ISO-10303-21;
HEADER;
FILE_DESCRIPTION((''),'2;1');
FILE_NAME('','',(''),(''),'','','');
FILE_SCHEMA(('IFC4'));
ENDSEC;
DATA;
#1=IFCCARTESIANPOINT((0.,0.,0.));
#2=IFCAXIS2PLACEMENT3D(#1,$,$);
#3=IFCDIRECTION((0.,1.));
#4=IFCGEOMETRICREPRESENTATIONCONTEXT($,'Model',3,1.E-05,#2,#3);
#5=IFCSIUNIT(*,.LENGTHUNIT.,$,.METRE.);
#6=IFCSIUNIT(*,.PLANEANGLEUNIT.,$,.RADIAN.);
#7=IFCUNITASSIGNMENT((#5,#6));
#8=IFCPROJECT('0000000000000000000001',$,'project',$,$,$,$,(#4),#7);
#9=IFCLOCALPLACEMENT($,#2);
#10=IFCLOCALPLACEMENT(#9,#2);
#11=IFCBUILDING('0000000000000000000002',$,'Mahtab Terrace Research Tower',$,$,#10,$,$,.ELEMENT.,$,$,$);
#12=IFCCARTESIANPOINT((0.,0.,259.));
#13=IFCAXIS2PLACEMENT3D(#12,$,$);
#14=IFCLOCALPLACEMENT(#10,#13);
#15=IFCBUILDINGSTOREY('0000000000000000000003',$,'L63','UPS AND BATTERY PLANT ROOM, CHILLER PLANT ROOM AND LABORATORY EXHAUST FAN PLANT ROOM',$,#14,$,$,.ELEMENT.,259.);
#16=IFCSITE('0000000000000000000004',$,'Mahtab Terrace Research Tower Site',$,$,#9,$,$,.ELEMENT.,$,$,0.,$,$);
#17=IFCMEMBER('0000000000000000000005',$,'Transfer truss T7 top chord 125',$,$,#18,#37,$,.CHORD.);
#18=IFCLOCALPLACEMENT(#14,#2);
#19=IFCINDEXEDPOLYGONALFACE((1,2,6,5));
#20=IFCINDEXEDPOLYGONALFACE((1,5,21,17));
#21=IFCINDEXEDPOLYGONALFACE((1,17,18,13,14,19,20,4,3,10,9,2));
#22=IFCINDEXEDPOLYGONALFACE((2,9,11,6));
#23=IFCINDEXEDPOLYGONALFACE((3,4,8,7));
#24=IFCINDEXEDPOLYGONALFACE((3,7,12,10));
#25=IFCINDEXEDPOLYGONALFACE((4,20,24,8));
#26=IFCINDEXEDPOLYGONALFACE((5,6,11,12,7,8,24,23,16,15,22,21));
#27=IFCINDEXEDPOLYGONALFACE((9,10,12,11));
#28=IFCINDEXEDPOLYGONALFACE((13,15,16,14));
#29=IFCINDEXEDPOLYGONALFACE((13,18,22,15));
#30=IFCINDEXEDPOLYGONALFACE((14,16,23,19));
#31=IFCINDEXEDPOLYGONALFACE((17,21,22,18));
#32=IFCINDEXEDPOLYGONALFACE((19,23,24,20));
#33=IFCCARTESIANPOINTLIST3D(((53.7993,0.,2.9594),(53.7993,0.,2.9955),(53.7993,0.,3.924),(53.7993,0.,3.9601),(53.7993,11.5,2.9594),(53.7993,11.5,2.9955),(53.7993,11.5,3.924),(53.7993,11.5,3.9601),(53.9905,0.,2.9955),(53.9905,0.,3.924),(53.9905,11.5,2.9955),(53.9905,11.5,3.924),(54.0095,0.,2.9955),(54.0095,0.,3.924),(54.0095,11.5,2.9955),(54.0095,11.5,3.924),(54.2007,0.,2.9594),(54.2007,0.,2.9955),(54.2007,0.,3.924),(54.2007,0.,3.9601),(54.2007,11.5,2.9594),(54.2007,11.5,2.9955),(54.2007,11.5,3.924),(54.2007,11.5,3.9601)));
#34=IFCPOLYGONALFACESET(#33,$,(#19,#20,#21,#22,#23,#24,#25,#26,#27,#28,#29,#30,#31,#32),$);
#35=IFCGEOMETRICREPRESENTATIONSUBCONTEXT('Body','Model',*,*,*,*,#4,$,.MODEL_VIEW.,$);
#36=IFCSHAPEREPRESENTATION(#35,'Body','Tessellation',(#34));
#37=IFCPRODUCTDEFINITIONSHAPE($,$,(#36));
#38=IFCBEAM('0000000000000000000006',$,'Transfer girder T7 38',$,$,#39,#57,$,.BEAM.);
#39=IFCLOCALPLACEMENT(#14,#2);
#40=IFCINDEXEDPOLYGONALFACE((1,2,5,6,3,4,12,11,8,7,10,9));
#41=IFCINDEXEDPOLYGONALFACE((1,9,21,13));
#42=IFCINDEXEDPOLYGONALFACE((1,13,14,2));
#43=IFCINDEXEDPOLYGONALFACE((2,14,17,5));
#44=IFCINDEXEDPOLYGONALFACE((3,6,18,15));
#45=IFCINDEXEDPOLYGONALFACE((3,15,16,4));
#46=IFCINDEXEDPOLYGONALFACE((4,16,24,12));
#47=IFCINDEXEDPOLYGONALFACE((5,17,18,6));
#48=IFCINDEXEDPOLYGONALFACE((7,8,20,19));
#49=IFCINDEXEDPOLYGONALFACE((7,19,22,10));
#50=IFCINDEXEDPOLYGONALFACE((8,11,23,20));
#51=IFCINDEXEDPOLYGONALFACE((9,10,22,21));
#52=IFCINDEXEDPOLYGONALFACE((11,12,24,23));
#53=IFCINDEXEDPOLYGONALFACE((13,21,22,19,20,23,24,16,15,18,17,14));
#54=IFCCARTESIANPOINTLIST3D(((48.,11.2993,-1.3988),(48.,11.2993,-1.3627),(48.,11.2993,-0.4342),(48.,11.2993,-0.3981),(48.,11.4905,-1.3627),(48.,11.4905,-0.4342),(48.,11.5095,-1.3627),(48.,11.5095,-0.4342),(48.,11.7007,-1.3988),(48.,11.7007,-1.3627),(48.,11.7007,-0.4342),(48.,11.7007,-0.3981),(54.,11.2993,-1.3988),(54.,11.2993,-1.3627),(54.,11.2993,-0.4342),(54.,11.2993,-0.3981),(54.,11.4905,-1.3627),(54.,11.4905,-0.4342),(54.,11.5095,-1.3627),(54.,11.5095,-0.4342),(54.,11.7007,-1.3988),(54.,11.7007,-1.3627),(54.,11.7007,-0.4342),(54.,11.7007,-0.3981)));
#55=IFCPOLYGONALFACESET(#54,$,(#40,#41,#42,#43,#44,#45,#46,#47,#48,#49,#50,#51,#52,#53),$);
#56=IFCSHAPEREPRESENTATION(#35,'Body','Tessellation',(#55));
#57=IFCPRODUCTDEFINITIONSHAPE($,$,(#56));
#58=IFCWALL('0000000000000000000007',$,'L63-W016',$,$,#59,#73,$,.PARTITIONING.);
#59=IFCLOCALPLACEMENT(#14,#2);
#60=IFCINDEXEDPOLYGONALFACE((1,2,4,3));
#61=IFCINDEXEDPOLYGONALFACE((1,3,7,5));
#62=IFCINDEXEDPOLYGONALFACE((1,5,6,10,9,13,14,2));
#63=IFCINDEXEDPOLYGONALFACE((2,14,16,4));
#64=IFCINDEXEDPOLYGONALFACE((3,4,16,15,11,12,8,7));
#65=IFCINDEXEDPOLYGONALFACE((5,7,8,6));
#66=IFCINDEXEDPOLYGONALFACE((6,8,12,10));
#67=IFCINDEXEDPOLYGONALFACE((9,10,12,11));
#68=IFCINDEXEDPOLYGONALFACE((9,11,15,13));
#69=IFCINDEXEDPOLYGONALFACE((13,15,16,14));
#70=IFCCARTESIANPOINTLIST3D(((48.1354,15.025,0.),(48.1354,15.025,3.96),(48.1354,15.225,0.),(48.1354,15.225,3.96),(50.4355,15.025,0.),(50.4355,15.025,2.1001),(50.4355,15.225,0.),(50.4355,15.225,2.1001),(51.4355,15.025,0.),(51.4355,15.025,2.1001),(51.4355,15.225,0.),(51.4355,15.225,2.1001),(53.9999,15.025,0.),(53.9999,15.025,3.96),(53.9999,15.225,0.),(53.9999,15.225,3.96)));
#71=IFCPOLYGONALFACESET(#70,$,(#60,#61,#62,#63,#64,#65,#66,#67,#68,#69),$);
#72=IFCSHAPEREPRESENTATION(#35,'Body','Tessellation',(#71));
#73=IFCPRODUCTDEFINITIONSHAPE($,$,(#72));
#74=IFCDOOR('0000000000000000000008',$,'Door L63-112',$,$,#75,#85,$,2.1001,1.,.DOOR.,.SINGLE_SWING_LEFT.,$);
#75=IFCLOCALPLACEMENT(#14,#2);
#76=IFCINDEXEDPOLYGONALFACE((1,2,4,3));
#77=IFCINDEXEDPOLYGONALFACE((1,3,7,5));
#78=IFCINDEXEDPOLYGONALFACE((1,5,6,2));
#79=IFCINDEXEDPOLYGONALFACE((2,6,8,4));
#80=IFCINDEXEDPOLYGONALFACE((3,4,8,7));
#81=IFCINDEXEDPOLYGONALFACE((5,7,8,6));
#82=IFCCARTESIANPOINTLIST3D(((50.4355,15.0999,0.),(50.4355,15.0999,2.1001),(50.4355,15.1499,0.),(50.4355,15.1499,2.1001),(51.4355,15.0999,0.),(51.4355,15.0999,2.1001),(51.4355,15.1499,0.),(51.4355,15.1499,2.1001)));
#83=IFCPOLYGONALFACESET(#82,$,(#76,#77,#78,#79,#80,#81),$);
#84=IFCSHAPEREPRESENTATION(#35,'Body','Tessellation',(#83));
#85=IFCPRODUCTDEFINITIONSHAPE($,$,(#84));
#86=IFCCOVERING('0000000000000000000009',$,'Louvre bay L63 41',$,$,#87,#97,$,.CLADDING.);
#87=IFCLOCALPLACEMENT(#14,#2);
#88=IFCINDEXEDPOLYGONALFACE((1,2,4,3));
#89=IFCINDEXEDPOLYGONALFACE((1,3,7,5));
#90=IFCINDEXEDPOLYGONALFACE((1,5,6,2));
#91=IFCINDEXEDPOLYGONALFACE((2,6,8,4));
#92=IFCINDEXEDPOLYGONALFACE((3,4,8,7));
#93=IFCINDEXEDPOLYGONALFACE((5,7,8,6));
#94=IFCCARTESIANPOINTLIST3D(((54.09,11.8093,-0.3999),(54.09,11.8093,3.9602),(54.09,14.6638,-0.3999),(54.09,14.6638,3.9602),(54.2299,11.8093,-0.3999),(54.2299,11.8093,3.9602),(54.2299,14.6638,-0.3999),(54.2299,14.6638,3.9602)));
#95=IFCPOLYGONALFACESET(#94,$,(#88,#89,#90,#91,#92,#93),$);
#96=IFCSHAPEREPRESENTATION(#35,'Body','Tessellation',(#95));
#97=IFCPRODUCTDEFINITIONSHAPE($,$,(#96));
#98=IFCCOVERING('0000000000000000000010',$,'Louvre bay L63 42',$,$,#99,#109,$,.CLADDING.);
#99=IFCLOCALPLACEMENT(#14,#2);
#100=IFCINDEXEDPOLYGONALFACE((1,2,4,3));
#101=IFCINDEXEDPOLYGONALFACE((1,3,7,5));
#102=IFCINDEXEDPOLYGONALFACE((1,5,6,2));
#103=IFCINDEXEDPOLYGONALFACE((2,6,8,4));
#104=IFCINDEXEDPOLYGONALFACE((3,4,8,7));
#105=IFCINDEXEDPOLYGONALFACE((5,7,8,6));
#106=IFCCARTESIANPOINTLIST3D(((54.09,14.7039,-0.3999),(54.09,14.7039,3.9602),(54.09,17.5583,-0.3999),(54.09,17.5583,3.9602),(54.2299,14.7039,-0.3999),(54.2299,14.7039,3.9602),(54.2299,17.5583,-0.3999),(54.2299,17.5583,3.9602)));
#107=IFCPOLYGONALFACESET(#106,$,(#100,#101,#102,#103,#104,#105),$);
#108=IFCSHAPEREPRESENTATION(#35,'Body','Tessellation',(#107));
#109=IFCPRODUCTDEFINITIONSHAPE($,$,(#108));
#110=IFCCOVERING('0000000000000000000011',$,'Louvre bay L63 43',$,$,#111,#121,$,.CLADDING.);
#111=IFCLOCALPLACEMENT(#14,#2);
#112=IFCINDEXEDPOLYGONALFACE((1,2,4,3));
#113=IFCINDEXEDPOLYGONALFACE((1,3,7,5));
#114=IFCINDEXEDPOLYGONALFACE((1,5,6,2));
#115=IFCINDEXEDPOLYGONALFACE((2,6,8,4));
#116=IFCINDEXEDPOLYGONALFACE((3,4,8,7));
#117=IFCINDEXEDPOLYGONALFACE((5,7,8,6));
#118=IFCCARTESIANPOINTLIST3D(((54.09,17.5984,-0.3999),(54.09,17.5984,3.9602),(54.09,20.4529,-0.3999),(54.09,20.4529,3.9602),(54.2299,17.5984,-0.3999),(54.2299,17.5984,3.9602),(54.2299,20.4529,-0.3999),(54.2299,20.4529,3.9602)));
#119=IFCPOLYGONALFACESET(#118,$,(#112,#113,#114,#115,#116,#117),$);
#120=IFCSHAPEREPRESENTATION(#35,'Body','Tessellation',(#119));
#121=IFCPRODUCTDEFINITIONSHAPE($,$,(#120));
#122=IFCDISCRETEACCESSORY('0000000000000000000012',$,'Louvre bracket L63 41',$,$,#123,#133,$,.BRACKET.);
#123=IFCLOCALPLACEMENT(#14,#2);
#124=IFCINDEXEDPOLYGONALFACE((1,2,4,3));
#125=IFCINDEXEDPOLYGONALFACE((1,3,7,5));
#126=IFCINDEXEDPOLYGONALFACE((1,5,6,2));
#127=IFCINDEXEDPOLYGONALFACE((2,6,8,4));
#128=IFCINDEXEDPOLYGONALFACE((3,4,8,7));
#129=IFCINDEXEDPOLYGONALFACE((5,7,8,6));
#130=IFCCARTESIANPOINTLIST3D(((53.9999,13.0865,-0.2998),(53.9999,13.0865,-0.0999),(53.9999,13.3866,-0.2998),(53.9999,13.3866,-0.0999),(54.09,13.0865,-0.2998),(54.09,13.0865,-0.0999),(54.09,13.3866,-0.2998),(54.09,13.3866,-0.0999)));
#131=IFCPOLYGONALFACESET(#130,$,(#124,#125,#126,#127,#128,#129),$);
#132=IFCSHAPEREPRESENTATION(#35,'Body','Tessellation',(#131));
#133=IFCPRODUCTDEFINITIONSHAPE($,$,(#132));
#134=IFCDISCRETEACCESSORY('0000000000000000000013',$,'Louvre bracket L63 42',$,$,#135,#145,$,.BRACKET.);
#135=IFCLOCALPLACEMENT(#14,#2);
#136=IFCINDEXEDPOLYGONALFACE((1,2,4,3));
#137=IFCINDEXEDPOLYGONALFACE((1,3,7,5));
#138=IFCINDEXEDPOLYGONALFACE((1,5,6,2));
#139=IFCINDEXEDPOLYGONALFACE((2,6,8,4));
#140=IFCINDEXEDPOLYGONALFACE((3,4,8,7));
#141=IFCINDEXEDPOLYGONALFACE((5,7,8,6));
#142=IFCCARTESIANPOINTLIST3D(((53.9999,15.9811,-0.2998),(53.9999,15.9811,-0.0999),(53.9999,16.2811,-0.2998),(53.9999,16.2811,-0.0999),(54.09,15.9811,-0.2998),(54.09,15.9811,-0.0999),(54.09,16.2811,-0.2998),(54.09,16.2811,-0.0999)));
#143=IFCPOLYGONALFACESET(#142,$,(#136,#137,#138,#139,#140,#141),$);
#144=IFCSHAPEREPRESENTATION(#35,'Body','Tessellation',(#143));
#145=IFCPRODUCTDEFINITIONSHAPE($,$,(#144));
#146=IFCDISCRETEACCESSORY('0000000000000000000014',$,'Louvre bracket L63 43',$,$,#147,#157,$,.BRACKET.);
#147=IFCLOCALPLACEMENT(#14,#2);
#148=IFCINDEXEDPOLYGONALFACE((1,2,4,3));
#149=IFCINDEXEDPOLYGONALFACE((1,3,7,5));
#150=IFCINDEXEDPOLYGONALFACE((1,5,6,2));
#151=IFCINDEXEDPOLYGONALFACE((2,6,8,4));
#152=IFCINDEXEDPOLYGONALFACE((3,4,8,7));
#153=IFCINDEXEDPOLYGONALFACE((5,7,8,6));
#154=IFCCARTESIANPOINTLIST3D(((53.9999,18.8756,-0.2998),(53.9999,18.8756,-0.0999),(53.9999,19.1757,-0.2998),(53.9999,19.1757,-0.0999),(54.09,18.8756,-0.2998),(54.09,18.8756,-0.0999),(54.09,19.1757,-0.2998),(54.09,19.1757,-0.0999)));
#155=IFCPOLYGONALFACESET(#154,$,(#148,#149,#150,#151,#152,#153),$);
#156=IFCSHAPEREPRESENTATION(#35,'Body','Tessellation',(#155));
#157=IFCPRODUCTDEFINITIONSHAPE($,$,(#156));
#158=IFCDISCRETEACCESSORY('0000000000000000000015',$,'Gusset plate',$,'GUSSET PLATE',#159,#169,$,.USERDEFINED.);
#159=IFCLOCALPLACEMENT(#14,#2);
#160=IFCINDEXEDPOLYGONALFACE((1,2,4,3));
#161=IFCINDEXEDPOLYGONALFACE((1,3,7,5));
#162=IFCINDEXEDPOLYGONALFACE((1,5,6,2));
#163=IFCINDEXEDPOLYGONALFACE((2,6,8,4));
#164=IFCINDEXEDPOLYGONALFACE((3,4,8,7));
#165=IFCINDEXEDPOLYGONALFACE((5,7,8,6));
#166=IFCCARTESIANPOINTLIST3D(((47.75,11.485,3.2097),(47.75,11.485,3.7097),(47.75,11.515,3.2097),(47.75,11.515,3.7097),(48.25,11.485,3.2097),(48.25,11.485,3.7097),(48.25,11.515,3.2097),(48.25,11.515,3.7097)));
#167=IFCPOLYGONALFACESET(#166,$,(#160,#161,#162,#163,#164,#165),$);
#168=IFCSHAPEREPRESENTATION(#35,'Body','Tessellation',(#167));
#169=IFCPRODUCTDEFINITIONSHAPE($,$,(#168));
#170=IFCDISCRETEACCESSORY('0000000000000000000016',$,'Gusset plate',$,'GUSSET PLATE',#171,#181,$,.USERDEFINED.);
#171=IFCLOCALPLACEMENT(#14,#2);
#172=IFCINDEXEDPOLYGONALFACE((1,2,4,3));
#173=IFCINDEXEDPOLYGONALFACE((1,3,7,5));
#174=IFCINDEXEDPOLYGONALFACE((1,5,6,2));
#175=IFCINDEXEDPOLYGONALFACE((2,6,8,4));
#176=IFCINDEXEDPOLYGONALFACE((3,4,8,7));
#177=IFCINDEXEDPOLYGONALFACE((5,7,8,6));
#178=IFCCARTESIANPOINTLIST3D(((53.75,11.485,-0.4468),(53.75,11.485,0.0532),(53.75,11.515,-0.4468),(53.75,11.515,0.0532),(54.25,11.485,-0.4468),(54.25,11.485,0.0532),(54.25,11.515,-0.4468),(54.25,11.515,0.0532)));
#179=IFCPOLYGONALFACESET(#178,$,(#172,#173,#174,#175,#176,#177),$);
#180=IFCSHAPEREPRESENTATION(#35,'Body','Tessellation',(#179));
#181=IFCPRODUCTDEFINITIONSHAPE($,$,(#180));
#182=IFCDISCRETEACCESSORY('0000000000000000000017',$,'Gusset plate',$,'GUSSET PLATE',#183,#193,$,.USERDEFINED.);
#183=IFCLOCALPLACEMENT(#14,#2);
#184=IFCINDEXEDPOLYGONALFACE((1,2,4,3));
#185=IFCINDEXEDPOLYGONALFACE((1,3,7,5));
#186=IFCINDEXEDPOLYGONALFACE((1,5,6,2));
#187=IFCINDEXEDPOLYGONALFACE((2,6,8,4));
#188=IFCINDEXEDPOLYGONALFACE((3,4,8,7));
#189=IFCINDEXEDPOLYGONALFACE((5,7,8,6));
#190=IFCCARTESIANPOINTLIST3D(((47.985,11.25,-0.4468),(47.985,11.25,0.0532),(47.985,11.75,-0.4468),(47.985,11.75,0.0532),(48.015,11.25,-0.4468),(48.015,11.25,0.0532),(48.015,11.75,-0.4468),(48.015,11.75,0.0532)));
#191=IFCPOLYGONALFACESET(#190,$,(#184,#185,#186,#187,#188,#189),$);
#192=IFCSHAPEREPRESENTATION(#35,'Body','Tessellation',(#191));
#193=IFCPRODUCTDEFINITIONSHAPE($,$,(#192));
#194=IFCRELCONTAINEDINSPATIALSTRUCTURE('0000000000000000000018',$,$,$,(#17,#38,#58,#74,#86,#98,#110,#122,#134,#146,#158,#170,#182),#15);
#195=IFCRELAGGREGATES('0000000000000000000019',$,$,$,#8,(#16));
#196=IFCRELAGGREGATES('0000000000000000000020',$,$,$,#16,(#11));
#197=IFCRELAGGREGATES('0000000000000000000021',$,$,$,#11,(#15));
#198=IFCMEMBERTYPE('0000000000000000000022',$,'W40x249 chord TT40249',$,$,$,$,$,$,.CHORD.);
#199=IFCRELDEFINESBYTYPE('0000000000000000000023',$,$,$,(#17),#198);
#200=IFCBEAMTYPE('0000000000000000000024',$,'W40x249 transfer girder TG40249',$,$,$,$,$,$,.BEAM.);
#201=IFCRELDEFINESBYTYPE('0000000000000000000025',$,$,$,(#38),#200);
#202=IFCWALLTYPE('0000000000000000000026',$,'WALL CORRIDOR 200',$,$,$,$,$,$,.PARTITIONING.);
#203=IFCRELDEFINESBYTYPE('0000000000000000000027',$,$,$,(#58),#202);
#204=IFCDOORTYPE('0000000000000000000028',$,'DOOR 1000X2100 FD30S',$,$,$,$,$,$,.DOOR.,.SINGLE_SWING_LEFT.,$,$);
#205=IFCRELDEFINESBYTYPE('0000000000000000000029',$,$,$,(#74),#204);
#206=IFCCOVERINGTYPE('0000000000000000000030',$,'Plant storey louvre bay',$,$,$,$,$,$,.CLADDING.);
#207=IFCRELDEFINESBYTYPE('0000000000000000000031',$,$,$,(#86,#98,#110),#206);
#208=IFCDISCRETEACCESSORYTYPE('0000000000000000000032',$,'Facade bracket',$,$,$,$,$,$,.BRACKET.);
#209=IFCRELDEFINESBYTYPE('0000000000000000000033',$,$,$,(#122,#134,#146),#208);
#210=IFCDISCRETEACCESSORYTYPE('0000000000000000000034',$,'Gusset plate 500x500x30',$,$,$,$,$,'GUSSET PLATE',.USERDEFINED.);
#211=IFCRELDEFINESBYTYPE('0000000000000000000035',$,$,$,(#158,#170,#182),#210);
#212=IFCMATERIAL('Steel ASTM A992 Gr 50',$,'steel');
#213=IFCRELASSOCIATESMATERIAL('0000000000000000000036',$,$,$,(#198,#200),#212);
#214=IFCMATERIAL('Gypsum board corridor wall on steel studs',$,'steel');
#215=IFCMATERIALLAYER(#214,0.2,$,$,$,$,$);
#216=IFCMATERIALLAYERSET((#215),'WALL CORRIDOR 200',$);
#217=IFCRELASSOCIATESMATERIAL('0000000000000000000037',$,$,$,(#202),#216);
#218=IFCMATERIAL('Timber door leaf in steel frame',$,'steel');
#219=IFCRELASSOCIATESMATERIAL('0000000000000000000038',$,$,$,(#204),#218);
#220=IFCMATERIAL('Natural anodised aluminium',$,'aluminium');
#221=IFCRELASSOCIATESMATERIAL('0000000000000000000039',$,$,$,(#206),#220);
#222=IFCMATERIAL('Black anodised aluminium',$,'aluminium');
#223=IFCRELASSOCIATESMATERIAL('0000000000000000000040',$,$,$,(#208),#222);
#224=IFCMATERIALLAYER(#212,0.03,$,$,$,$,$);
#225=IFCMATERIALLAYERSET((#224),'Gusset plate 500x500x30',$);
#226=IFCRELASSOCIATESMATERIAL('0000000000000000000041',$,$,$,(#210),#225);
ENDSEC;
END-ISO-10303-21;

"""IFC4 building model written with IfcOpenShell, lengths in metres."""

from ifc_helpers import new_model, si_unit, direction, frame, frame_2d, origin, origin_2d, place, context, subcontext, project, spatial, rectangle, i_section, extrude, material, layer, layer_set, material_profile, profile_set, type_object, element, fill, save


model = new_model("IFC4")

# Units and contexts
model_context = context("Model", 3, precision=1e-05, world=origin(), true_north=direction((0.0, 1.0)))
body_context = subcontext(model_context, "Body", "Model", "MODEL_VIEW")
ifc_project = project(units=[si_unit("LENGTHUNIT", "METRE"), si_unit("PLANEANGLEUNIT", "RADIAN")], contexts=[model_context])

# Site, building, storey
site_placement = place(None, origin())
site = spatial("IfcSite", under=ifc_project, at=site_placement, Name="Mahtab Terrace Research Tower Site", CompositionType="ELEMENT", RefElevation=0.0)
building_placement = place(site_placement, origin())
building = spatial("IfcBuilding", under=site, at=building_placement, Name="Mahtab Terrace Research Tower", CompositionType="ELEMENT")
storey_placement = place(building_placement, frame((0.0, 0.0, 259.0)))
storey = spatial("IfcBuildingStorey", under=building, at=storey_placement, Name="L63", Description="UPS AND BATTERY PLANT ROOM, CHILLER PLANT ROOM AND LABORATORY EXHAUST FAN PLANT ROOM", CompositionType="ELEMENT", Elevation=259.0)

# Shared definitions
ifc_material_1 = material(Name="Steel ASTM A992 Gr 50", Category="steel")

# Member
ifc_material_profile_1 = material_profile(ifc_material_1, i_section(OverallWidth=0.4014, OverallDepth=1.0007, WebThickness=0.019, FlangeThickness=0.0361, at=origin_2d()), Name="W40X249")
ifc_profile_set_1 = profile_set([ifc_material_profile_1], Name="Steel ASTM A992 Gr 50")
member_type_1 = type_object("IfcMemberType", Name="W40x249 chord TT40249", PredefinedType="CHORD", material=ifc_profile_set_1)
member_1_placement = place(storey_placement, frame((54.0, 11.5, 3.4597), z_axis=(0.0, -1.0, 0.0), x_axis=(1.0, 0.0, 0.0)))
element("IfcMember", 1, at=member_1_placement, inside=storey, type_object=member_type_1, Name="Transfer truss T7 top chord 125", PredefinedType="CHORD", context=body_context, shape_type="SweptSolid", body=[
    extrude(i_section(OverallWidth=0.4014, OverallDepth=1.0007, WebThickness=0.019, FlangeThickness=0.0361, at=origin_2d()), origin(), (0.0, 0.0, 1.0), 11.5),
])

# Beam
ifc_material_profile_2 = material_profile(ifc_material_1, i_section(OverallWidth=0.4014, OverallDepth=1.0007, WebThickness=0.019, FlangeThickness=0.0361, at=origin_2d()), Name="W40X249")
ifc_profile_set_2 = profile_set([ifc_material_profile_2], Name="Steel ASTM A992 Gr 50")
beam_type = type_object("IfcBeamType", Name="W40x249 transfer girder TG40249", PredefinedType="BEAM", material=ifc_profile_set_2)
beam_placement = place(storey_placement, frame((48.0, 11.5, -0.8984), z_axis=(1.0, 0.0, 0.0), x_axis=(0.0, 1.0, 0.0)))
element("IfcBeam", 2, at=beam_placement, inside=storey, type_object=beam_type, Name="Transfer girder T7 38", PredefinedType="BEAM", context=body_context, shape_type="SweptSolid", body=[
    extrude(i_section(OverallWidth=0.4014, OverallDepth=1.0007, WebThickness=0.019, FlangeThickness=0.0361, at=origin_2d()), origin(), (0.0, 0.0, 1.0), 6.0),
])

# Wall, opening, door
ifc_material_2 = material(Name="Gypsum board corridor wall on steel studs", Category="steel")
ifc_layer_1 = layer(ifc_material_2, 0.2)
ifc_layer_set_1 = layer_set([ifc_layer_1], Name="WALL CORRIDOR 200")
wall_type = type_object("IfcWallType", Name="WALL CORRIDOR 200", PredefinedType="PARTITIONING", material=ifc_layer_set_1)
wall_placement = place(storey_placement, frame((48.1355, 15.125, 0.0), z_axis=(0.0, 0.0, 1.0), x_axis=(1.0, 0.0, 0.0)))
wall = element("IfcWall", 3, at=wall_placement, inside=storey, type_object=wall_type, Name="L63-W016", PredefinedType="PARTITIONING", context=body_context, shape_type="SweptSolid", body=[
    extrude(rectangle(XDim=5.8645, YDim=0.2, at=frame_2d((2.9321, 0.0))), origin(), (0.0, 0.0, 1.0), 3.96),
])
opening_placement = place(wall_placement, frame((2.3, 0.0, 0.0)))
opening = element("IfcOpeningElement", 4, at=opening_placement, cuts=wall, PredefinedType="OPENING", context=body_context, shape_type="SweptSolid", body=[
    extrude(rectangle(XDim=1.0, YDim=2.1001, at=frame_2d((0.5, 1.05))), frame((0.0, 0.1099, 0.0), z_axis=(0.0, -1.0, 0.0), x_axis=(1.0, 0.0, 0.0)), (0.0, 0.0, 1.0), 0.22),
])
ifc_material_3 = material(Name="Timber door leaf in steel frame", Category="steel")
door_type = type_object("IfcDoorType", Name="DOOR 1000X2100 FD30S", OperationType="SINGLE_SWING_LEFT", PredefinedType="DOOR", material=ifc_material_3)
door_placement = place(opening_placement, origin())
door = element("IfcDoor", 5, at=door_placement, inside=storey, type_object=door_type, Name="Door L63-112", OperationType="SINGLE_SWING_LEFT", OverallHeight=2.1001, OverallWidth=1.0, PredefinedType="DOOR", context=body_context, shape_type="SweptSolid", body=[
    extrude(rectangle(XDim=1.0, YDim=2.1001, at=frame_2d((0.5, 1.05))), frame((0.0, 0.0249, 0.0), z_axis=(0.0, -1.0, 0.0), x_axis=(1.0, 0.0, 0.0)), (0.0, 0.0, 1.0), 0.05),
])
fill(opening, door)

# Coverings
ifc_material_4 = material(Name="Natural anodised aluminium", Category="aluminium")
covering_type = type_object("IfcCoveringType", Name="Plant storey louvre bay", PredefinedType="CLADDING", material=ifc_material_4)
for number, where, z_axis, x_axis, name in (
    (6, (54.1599, 13.2366, -0.3999), (0.0, 0.0, 1.0), (0.0, 1.0, 0.0), "Louvre bay L63 41"),
    (7, (54.1599, 16.1311, -0.3999), (0.0, 0.0, 1.0), (0.0, 1.0, 0.0), "Louvre bay L63 42"),
    (8, (54.1599, 19.0256, -0.3999), (0.0, 0.0, 1.0), (0.0, 1.0, 0.0), "Louvre bay L63 43"),
):
    element("IfcCovering", number, at=place(storey_placement, frame(where, z_axis=z_axis, x_axis=x_axis)), inside=storey, type_object=covering_type, Name=name, PredefinedType="CLADDING", context=body_context, shape_type="SweptSolid", body=[
        extrude(rectangle(XDim=2.8545, YDim=0.1399, at=origin_2d()), origin(), (0.0, 0.0, 1.0), 4.3601),
    ])

# Discrete accessories
ifc_material_5 = material(Name="Black anodised aluminium", Category="aluminium")
discrete_accessory_type_1 = type_object("IfcDiscreteAccessoryType", Name="Facade bracket", PredefinedType="BRACKET", material=ifc_material_5)
for number, where, z_axis, x_axis, name in (
    (9, (54.0449, 13.2366, -0.2998), (0.0, 0.0, 1.0), (0.0, 1.0, 0.0), "Louvre bracket L63 41"),
    (10, (54.0449, 16.1311, -0.2998), (0.0, 0.0, 1.0), (0.0, 1.0, 0.0), "Louvre bracket L63 42"),
    (11, (54.0449, 19.0256, -0.2998), (0.0, 0.0, 1.0), (0.0, 1.0, 0.0), "Louvre bracket L63 43"),
):
    element("IfcDiscreteAccessory", number, at=place(storey_placement, frame(where, z_axis=z_axis, x_axis=x_axis)), inside=storey, type_object=discrete_accessory_type_1, Name=name, PredefinedType="BRACKET", context=body_context, shape_type="SweptSolid", body=[
        extrude(rectangle(XDim=0.3, YDim=0.0901, at=origin_2d()), origin(), (0.0, 0.0, 1.0), 0.2),
    ])
ifc_layer_2 = layer(ifc_material_1, 0.03)
ifc_layer_set_2 = layer_set([ifc_layer_2], Name="Gusset plate 500x500x30")
discrete_accessory_type_2 = type_object("IfcDiscreteAccessoryType", Name="Gusset plate 500x500x30", ElementType="GUSSET PLATE", PredefinedType="USERDEFINED", material=ifc_layer_set_2)
for number, where, z_axis, x_axis, name in (
    (12, (48.0, 11.5, 3.2097), (0.0, 0.0, 1.0), (1.0, 0.0, 0.0), "Gusset plate"),
    (13, (54.0, 11.5, -0.4468), (0.0, 0.0, 1.0), (1.0, 0.0, 0.0), "Gusset plate"),
    (14, (48.0, 11.5, -0.4468), (0.0, 0.0, 1.0), (0.0, 1.0, 0.0), "Gusset plate"),
):
    element("IfcDiscreteAccessory", number, at=place(storey_placement, frame(where, z_axis=z_axis, x_axis=x_axis)), inside=storey, type_object=discrete_accessory_type_2, Name=name, ObjectType="GUSSET PLATE", PredefinedType="USERDEFINED", context=body_context, shape_type="SweptSolid", body=[
        extrude(rectangle(XDim=0.5, YDim=0.03, at=origin_2d()), origin(), (0.0, 0.0, 1.0), 0.5),
    ])

save(model, "model.ifc")
